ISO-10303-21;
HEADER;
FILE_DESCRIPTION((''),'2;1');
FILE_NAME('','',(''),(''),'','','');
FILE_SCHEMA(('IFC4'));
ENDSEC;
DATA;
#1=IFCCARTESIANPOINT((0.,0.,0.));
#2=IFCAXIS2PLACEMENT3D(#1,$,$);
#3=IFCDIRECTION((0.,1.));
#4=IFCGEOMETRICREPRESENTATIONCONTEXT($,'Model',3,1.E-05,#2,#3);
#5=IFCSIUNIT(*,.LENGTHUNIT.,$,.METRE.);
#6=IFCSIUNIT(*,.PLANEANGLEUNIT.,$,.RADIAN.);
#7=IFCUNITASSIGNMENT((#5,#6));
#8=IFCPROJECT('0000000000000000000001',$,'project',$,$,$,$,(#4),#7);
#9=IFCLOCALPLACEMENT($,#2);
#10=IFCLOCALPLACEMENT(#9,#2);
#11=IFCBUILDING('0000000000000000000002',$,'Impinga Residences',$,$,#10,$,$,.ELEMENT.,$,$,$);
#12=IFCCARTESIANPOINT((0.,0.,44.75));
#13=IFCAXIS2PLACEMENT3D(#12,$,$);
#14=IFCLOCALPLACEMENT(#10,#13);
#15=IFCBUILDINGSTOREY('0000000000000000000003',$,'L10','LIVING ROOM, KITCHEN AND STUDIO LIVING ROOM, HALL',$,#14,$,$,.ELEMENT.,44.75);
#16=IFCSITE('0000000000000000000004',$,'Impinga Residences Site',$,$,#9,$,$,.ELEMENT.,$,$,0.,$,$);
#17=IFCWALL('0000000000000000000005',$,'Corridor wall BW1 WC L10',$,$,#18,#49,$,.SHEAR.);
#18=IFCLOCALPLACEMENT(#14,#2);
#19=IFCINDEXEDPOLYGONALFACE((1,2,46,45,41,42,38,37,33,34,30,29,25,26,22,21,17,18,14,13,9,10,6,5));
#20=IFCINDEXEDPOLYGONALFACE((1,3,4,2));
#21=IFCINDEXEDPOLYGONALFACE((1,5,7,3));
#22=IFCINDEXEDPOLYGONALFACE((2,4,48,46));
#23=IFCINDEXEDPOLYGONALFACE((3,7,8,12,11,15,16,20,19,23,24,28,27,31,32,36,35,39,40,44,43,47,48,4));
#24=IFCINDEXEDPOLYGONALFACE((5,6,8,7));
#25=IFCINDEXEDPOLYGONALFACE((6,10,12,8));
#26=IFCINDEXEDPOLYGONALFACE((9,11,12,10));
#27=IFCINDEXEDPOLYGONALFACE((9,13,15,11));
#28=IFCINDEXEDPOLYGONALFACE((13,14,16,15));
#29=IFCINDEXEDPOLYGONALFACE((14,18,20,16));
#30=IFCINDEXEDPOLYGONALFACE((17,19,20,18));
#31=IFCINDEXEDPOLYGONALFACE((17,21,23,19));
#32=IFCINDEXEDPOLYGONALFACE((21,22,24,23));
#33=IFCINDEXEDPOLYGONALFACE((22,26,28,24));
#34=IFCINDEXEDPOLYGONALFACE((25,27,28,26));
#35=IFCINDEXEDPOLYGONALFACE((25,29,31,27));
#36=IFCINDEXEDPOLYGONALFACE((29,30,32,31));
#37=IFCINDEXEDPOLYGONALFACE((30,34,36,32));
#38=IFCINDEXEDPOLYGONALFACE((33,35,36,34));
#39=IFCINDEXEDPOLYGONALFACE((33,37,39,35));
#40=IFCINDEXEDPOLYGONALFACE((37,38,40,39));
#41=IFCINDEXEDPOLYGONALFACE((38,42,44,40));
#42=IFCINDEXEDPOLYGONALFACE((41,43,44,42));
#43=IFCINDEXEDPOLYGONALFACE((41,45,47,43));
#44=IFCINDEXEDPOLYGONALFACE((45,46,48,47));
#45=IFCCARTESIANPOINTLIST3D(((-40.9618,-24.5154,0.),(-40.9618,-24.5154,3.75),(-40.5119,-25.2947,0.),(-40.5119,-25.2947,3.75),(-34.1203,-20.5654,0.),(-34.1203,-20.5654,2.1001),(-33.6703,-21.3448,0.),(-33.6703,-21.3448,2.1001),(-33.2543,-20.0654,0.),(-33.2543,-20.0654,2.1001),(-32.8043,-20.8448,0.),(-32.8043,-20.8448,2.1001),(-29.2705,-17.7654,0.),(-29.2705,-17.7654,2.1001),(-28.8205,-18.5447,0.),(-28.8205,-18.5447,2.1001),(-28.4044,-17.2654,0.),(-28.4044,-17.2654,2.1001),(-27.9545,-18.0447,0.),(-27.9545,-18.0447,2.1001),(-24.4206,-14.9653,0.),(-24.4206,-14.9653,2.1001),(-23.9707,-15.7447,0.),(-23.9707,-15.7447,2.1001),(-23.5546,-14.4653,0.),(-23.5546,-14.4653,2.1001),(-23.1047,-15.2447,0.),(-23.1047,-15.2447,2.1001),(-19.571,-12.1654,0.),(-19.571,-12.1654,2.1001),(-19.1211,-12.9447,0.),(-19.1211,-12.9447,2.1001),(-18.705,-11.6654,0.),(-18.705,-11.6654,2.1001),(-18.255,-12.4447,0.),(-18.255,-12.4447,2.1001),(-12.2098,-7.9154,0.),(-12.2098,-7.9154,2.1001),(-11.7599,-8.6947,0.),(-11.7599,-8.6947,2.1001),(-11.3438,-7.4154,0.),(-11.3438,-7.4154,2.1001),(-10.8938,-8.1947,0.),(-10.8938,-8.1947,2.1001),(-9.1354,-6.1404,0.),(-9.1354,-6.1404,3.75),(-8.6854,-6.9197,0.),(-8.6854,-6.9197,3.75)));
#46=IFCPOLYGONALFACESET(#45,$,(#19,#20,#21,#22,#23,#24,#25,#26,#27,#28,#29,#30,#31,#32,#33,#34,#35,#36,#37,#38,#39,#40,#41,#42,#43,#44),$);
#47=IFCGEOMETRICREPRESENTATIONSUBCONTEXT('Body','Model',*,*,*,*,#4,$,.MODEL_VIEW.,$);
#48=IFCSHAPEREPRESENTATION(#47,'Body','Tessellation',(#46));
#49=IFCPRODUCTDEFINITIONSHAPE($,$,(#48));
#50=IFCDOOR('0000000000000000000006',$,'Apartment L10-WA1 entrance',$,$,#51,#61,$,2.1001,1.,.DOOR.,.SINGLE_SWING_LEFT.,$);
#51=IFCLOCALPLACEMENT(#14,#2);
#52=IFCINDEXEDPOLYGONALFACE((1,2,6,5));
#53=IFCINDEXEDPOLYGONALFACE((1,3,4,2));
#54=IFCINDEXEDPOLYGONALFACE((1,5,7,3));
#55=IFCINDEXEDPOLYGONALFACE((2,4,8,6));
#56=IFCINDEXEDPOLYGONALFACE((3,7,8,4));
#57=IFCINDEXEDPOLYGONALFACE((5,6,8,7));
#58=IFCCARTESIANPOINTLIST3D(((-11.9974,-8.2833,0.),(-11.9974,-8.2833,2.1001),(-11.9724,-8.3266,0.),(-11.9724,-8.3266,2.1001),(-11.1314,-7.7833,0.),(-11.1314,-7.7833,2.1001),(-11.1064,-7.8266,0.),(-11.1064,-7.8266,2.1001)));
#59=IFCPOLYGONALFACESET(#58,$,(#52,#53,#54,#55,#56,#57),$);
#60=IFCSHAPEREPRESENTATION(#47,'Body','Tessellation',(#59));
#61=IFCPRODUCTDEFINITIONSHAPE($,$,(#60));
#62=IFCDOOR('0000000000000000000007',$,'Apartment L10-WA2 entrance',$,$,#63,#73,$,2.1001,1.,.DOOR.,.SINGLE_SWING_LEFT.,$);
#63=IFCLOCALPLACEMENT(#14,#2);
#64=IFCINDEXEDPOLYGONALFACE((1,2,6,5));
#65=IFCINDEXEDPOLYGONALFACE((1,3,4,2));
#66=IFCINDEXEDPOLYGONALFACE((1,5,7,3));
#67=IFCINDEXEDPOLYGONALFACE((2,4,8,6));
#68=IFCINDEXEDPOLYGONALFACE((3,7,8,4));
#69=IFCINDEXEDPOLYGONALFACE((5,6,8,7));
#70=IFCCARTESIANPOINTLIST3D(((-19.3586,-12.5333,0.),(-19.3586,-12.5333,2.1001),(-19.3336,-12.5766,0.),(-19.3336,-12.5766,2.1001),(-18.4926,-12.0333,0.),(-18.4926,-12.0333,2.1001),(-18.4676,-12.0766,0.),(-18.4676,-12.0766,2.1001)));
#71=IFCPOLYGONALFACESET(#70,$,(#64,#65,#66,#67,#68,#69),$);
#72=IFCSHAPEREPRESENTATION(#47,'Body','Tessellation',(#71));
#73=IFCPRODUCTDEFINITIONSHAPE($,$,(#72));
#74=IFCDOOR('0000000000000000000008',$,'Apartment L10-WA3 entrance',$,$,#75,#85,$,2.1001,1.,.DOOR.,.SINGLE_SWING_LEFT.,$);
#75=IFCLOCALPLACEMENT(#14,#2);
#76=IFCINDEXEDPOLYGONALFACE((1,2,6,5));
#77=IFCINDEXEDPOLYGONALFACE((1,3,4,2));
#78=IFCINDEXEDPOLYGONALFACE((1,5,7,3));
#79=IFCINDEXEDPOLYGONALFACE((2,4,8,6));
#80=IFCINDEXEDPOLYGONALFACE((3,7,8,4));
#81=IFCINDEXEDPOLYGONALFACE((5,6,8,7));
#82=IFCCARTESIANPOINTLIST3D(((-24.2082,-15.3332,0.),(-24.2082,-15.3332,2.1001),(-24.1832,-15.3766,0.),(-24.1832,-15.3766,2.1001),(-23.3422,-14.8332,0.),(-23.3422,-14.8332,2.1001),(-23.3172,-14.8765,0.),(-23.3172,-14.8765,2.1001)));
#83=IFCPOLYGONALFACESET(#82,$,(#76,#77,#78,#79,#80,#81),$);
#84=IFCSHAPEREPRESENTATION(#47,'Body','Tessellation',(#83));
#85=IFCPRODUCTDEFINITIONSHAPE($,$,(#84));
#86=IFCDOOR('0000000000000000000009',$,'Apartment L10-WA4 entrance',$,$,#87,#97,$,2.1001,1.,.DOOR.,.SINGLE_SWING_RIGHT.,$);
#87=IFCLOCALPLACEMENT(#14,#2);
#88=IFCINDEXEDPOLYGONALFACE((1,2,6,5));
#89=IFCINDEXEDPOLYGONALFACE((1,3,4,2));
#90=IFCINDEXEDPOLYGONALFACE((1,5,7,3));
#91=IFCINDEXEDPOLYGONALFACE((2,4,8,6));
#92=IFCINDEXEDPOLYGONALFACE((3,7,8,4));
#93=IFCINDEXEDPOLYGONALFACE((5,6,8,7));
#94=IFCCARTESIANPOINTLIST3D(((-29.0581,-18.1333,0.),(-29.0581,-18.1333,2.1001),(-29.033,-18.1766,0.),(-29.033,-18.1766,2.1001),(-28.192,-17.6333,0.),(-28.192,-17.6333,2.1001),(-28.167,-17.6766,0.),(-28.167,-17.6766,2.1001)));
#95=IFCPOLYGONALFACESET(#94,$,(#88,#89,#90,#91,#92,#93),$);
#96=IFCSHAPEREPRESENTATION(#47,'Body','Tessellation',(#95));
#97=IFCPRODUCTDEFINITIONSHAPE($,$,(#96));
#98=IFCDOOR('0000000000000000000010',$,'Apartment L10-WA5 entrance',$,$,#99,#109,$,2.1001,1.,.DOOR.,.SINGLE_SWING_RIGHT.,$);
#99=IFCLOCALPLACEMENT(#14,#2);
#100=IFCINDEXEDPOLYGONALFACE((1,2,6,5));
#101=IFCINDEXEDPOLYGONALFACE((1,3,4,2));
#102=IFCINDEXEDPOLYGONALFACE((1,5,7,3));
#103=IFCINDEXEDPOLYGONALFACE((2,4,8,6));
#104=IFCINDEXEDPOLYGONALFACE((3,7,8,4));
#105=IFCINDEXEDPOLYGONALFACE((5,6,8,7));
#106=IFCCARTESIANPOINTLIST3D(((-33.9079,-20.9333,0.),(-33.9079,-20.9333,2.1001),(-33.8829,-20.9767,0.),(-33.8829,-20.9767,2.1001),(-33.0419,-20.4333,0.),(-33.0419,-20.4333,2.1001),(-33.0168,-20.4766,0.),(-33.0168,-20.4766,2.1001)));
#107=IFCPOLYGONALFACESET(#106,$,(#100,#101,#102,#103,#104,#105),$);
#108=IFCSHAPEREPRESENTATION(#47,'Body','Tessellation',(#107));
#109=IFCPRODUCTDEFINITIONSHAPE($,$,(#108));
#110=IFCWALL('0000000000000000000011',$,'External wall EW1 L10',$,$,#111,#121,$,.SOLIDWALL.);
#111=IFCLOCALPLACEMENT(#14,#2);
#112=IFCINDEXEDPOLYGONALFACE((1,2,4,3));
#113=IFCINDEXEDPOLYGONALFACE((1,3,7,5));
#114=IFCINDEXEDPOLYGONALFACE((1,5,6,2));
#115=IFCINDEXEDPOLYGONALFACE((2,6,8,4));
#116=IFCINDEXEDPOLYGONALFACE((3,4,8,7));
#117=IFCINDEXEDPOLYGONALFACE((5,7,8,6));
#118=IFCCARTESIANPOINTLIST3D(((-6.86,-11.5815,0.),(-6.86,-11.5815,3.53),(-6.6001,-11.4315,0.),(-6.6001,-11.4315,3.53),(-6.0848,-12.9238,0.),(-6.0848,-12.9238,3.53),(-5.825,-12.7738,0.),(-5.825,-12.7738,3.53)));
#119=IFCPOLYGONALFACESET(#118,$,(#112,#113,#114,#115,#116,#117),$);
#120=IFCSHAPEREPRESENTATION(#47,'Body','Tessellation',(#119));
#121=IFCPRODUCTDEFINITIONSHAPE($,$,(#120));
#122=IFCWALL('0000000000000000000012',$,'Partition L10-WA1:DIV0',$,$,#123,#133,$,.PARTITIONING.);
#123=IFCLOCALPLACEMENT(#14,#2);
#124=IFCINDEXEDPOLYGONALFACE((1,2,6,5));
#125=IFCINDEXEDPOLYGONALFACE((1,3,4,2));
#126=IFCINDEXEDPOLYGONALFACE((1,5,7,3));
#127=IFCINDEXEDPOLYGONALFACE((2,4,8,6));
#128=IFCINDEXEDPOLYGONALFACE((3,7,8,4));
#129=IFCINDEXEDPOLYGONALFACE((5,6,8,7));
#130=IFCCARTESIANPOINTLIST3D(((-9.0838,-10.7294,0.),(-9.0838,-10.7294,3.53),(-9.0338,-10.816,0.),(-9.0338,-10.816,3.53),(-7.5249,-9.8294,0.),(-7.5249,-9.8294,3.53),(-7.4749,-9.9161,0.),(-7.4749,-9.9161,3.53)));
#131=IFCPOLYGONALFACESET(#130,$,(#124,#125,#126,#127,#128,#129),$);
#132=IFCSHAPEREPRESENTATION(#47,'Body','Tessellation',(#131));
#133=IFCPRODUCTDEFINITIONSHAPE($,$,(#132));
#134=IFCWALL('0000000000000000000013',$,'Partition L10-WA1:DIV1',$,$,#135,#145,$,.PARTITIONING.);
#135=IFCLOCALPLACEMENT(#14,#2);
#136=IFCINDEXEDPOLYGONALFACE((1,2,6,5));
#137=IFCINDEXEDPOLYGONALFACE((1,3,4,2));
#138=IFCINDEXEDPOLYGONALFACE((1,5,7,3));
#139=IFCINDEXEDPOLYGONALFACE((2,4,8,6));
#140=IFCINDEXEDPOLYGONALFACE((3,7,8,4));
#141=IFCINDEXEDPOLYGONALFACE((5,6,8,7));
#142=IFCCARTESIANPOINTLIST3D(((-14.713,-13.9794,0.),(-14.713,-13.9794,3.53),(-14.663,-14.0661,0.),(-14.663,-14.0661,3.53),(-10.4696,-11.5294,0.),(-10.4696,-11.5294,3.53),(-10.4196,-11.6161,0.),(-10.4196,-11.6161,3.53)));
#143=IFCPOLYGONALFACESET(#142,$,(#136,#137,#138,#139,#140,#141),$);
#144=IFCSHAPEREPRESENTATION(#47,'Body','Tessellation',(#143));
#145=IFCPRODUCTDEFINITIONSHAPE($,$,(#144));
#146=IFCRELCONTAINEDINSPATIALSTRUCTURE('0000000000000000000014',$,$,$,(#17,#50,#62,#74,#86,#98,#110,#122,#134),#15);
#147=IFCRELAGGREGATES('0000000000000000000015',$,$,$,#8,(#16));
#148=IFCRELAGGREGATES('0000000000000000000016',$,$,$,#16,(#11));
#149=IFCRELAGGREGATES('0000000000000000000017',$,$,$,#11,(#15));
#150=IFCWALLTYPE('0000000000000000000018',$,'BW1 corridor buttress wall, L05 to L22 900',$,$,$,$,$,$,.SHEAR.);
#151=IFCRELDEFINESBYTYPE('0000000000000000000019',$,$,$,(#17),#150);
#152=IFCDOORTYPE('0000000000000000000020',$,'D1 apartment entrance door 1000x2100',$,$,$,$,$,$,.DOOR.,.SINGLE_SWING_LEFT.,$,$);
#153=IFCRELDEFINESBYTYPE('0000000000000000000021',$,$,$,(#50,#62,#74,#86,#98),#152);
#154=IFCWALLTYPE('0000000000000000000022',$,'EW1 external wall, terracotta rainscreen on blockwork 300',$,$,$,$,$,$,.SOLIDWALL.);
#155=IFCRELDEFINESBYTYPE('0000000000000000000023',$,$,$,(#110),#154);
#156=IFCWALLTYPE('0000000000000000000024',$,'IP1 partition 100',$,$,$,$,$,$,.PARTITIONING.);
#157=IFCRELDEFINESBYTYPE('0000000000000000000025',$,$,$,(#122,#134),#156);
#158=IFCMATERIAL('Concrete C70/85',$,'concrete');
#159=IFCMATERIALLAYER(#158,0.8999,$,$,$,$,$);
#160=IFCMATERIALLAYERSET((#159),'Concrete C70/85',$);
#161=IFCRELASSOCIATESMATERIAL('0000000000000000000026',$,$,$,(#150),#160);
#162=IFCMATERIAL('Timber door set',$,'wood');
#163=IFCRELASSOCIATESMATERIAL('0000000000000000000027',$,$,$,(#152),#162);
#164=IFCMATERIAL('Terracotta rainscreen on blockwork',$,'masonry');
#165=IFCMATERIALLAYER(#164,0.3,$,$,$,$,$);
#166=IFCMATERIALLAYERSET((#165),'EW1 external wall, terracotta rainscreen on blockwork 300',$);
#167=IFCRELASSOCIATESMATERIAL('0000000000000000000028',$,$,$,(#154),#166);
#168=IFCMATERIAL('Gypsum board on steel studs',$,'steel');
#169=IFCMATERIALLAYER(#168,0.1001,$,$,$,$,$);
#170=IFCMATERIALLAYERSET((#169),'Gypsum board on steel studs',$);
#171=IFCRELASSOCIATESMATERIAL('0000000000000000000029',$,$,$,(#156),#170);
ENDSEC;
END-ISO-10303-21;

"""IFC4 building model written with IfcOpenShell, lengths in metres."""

from ifc_helpers import new_model, si_unit, direction, frame, frame_2d, origin, place, context, subcontext, project, spatial, rectangle, extrude, material, layer, layer_set, type_object, element, fill, save


model = new_model("IFC4")

# Units and contexts
model_context = context("Model", 3, precision=1e-05, world=origin(), true_north=direction((0.0, 1.0)))
body_context = subcontext(model_context, "Body", "Model", "MODEL_VIEW")
ifc_project = project(units=[si_unit("LENGTHUNIT", "METRE"), si_unit("PLANEANGLEUNIT", "RADIAN")], contexts=[model_context])

# Site, building, storey
site_placement = place(None, origin())
site = spatial("IfcSite", under=ifc_project, at=site_placement, Name="Impinga Residences Site", CompositionType="ELEMENT", RefElevation=0.0)
building_placement = place(site_placement, origin())
building = spatial("IfcBuilding", under=site, at=building_placement, Name="Impinga Residences", CompositionType="ELEMENT")
storey_placement = place(building_placement, frame((0.0, 0.0, 44.75)))
storey = spatial("IfcBuildingStorey", under=building, at=storey_placement, Name="L10", Description="LIVING ROOM, KITCHEN AND STUDIO LIVING ROOM, HALL", CompositionType="ELEMENT", Elevation=44.75)

# Wall, openings, doors
ifc_material_1 = material(Name="Concrete C70/85", Category="concrete")
ifc_layer_1 = layer(ifc_material_1, 0.8999)
ifc_layer_set_1 = layer_set([ifc_layer_1], Name="Concrete C70/85")
wall_type_1 = type_object("IfcWallType", Name="BW1 corridor buttress wall, L05 to L22 900", PredefinedType="SHEAR", material=ifc_layer_set_1)
wall_1_placement = place(storey_placement, frame((-8.9104, -6.53, 0.0), z_axis=(0.0, 0.0, 1.0), x_axis=(-0.866025, -0.5, 0.0)))
wall_1 = element("IfcWall", 1, at=wall_1_placement, inside=storey, type_object=wall_type_1, Name="Corridor wall BW1 WC L10", PredefinedType="SHEAR", context=body_context, shape_type="SweptSolid", body=[
    extrude(rectangle(XDim=36.75, YDim=0.8999, at=frame_2d((18.375, 0.0))), origin(), (0.0, 0.0, 1.0), 3.75),
])
opening_1_placement = place(wall_1_placement, frame((2.55, 0.0, 0.0)))
opening_1 = element("IfcOpeningElement", 2, at=opening_1_placement, cuts=wall_1, PredefinedType="OPENING", context=body_context, shape_type="SweptSolid", body=[
    extrude(rectangle(XDim=1.0, YDim=2.1001, at=frame_2d((0.5, 1.05))), frame((0.0, 0.46, 0.0), z_axis=(0.0, -1.0, 0.0), x_axis=(1.0, 0.0, 0.0)), (0.0, 0.0, 1.0), 0.9199),
])
opening_2_placement = place(wall_1_placement, frame((11.05, 0.0, 0.0)))
opening_2 = element("IfcOpeningElement", 3, at=opening_2_placement, cuts=wall_1, PredefinedType="OPENING", context=body_context, shape_type="SweptSolid", body=[
    extrude(rectangle(XDim=1.0, YDim=2.1001, at=frame_2d((0.5, 1.05))), frame((0.0, 0.46, 0.0), z_axis=(0.0, -1.0, 0.0), x_axis=(1.0, 0.0, 0.0)), (0.0, 0.0, 1.0), 0.9199),
])
opening_3_placement = place(wall_1_placement, frame((16.6499, 0.0, 0.0)))
opening_3 = element("IfcOpeningElement", 4, at=opening_3_placement, cuts=wall_1, PredefinedType="OPENING", context=body_context, shape_type="SweptSolid", body=[
    extrude(rectangle(XDim=1.0, YDim=2.1001, at=frame_2d((0.5, 1.05))), frame((0.0, 0.46, 0.0), z_axis=(0.0, -1.0, 0.0), x_axis=(1.0, 0.0, 0.0)), (0.0, 0.0, 1.0), 0.9199),
])
opening_4_placement = place(wall_1_placement, frame((22.25, 0.0, 0.0)))
opening_4 = element("IfcOpeningElement", 5, at=opening_4_placement, cuts=wall_1, PredefinedType="OPENING", context=body_context, shape_type="SweptSolid", body=[
    extrude(rectangle(XDim=1.0, YDim=2.1001, at=frame_2d((0.5, 1.05))), frame((0.0, 0.46, 0.0), z_axis=(0.0, -1.0, 0.0), x_axis=(1.0, 0.0, 0.0)), (0.0, 0.0, 1.0), 0.9199),
])
opening_5_placement = place(wall_1_placement, frame((27.8501, 0.0, 0.0)))
opening_5 = element("IfcOpeningElement", 6, at=opening_5_placement, cuts=wall_1, PredefinedType="OPENING", context=body_context, shape_type="SweptSolid", body=[
    extrude(rectangle(XDim=1.0, YDim=2.1001, at=frame_2d((0.5, 1.05))), frame((0.0, 0.46, 0.0), z_axis=(0.0, -1.0, 0.0), x_axis=(1.0, 0.0, 0.0)), (0.0, 0.0, 1.0), 0.9199),
])
ifc_material_2 = material(Name="Timber door set", Category="wood")
door_type_1 = type_object("IfcDoorType", Name="D1 apartment entrance door 1000x2100", OperationType="SINGLE_SWING_LEFT", PredefinedType="DOOR", material=ifc_material_2)
door_1_placement = place(opening_1_placement, origin())
door_1 = element("IfcDoor", 7, at=door_1_placement, inside=storey, type_object=door_type_1, Name="Apartment L10-WA1 entrance", OperationType="SINGLE_SWING_LEFT", OverallHeight=2.1001, OverallWidth=1.0, PredefinedType="DOOR", context=body_context, shape_type="SweptSolid", body=[
    extrude(rectangle(XDim=1.0, YDim=2.1001, at=frame_2d((0.5, 1.05))), frame((0.0, 0.0249, 0.0), z_axis=(0.0, -1.0, 0.0), x_axis=(1.0, 0.0, 0.0)), (0.0, 0.0, 1.0), 0.05),
])
fill(opening_1, door_1)
door_2_placement = place(opening_2_placement, origin())
door_2 = element("IfcDoor", 8, at=door_2_placement, inside=storey, type_object=door_type_1, Name="Apartment L10-WA2 entrance", OperationType="SINGLE_SWING_LEFT", OverallHeight=2.1001, OverallWidth=1.0, PredefinedType="DOOR", context=body_context, shape_type="SweptSolid", body=[
    extrude(rectangle(XDim=1.0, YDim=2.1001, at=frame_2d((0.5, 1.05))), frame((0.0, 0.0249, 0.0), z_axis=(0.0, -1.0, 0.0), x_axis=(1.0, 0.0, 0.0)), (0.0, 0.0, 1.0), 0.05),
])
fill(opening_2, door_2)
door_3_placement = place(opening_3_placement, origin())
door_3 = element("IfcDoor", 9, at=door_3_placement, inside=storey, type_object=door_type_1, Name="Apartment L10-WA3 entrance", OperationType="SINGLE_SWING_LEFT", OverallHeight=2.1001, OverallWidth=1.0, PredefinedType="DOOR", context=body_context, shape_type="SweptSolid", body=[
    extrude(rectangle(XDim=1.0, YDim=2.1001, at=frame_2d((0.5, 1.05))), frame((0.0, 0.0249, 0.0), z_axis=(0.0, -1.0, 0.0), x_axis=(1.0, 0.0, 0.0)), (0.0, 0.0, 1.0), 0.05),
])
fill(opening_3, door_3)
door_4_placement = place(opening_4_placement, origin())
door_4 = element("IfcDoor", 10, at=door_4_placement, inside=storey, type_object=door_type_1, Name="Apartment L10-WA4 entrance", OperationType="SINGLE_SWING_RIGHT", OverallHeight=2.1001, OverallWidth=1.0, PredefinedType="DOOR", context=body_context, shape_type="SweptSolid", body=[
    extrude(rectangle(XDim=1.0, YDim=2.1001, at=frame_2d((0.5, 1.05))), frame((0.0, 0.0249, 0.0), z_axis=(0.0, -1.0, 0.0), x_axis=(1.0, 0.0, 0.0)), (0.0, 0.0, 1.0), 0.05),
])
fill(opening_4, door_4)
door_5_placement = place(opening_5_placement, origin())
door_5 = element("IfcDoor", 11, at=door_5_placement, inside=storey, type_object=door_type_1, Name="Apartment L10-WA5 entrance", OperationType="SINGLE_SWING_RIGHT", OverallHeight=2.1001, OverallWidth=1.0, PredefinedType="DOOR", context=body_context, shape_type="SweptSolid", body=[
    extrude(rectangle(XDim=1.0, YDim=2.1001, at=frame_2d((0.5, 1.05))), frame((0.0, 0.0249, 0.0), z_axis=(0.0, -1.0, 0.0), x_axis=(1.0, 0.0, 0.0)), (0.0, 0.0, 1.0), 0.05),
])
fill(opening_5, door_5)

# Walls
ifc_material_3 = material(Name="Terracotta rainscreen on blockwork", Category="masonry")
ifc_layer_2 = layer(ifc_material_3, 0.3)
ifc_layer_set_2 = layer_set([ifc_layer_2], Name="EW1 external wall, terracotta rainscreen on blockwork 300")
wall_type_2 = type_object("IfcWallType", Name="EW1 external wall, terracotta rainscreen on blockwork 300", PredefinedType="SOLIDWALL", material=ifc_layer_set_2)
wall_2_placement = place(storey_placement, frame((-6.73, -11.5066, 0.0), z_axis=(0.0, 0.0, 1.0), x_axis=(0.500086, -0.865976, 0.0)))
element("IfcWall", 12, at=wall_2_placement, inside=storey, type_object=wall_type_2, Name="External wall EW1 L10", PredefinedType="SOLIDWALL", context=body_context, shape_type="SweptSolid", body=[
    extrude(rectangle(XDim=1.55, YDim=0.3, at=frame_2d((0.7749, 0.0))), origin(), (0.0, 0.0, 1.0), 3.53),
])
ifc_material_4 = material(Name="Gypsum board on steel studs", Category="steel")
ifc_layer_3 = layer(ifc_material_4, 0.1001)
ifc_layer_set_3 = layer_set([ifc_layer_3], Name="Gypsum board on steel studs")
wall_type_3 = type_object("IfcWallType", Name="IP1 partition 100", PredefinedType="PARTITIONING", material=ifc_layer_set_3)
wall_3_placement = place(storey_placement, frame((-7.5, -9.8728, 0.0), z_axis=(0.0, 0.0, 1.0), x_axis=(-0.866048, -0.499961, 0.0)))
element("IfcWall", 13, at=wall_3_placement, inside=storey, type_object=wall_type_3, Name="Partition L10-WA1:DIV0", PredefinedType="PARTITIONING", context=body_context, shape_type="SweptSolid", body=[
    extrude(rectangle(XDim=1.8, YDim=0.1001, at=frame_2d((0.8999, 0.0))), origin(), (0.0, 0.0, 1.0), 3.53),
])
wall_4_placement = place(storey_placement, frame((-10.4446, -11.5728, 0.0), z_axis=(0.0, 0.0, 1.0), x_axis=(-0.866024, -0.500003, 0.0)))
element("IfcWall", 14, at=wall_4_placement, inside=storey, type_object=wall_type_3, Name="Partition L10-WA1:DIV1", PredefinedType="PARTITIONING", context=body_context, shape_type="SweptSolid", body=[
    extrude(rectangle(XDim=4.8999, YDim=0.1001, at=frame_2d((2.45, 0.0))), origin(), (0.0, 0.0, 1.0), 3.53),
])

save(model, "model.ifc")
